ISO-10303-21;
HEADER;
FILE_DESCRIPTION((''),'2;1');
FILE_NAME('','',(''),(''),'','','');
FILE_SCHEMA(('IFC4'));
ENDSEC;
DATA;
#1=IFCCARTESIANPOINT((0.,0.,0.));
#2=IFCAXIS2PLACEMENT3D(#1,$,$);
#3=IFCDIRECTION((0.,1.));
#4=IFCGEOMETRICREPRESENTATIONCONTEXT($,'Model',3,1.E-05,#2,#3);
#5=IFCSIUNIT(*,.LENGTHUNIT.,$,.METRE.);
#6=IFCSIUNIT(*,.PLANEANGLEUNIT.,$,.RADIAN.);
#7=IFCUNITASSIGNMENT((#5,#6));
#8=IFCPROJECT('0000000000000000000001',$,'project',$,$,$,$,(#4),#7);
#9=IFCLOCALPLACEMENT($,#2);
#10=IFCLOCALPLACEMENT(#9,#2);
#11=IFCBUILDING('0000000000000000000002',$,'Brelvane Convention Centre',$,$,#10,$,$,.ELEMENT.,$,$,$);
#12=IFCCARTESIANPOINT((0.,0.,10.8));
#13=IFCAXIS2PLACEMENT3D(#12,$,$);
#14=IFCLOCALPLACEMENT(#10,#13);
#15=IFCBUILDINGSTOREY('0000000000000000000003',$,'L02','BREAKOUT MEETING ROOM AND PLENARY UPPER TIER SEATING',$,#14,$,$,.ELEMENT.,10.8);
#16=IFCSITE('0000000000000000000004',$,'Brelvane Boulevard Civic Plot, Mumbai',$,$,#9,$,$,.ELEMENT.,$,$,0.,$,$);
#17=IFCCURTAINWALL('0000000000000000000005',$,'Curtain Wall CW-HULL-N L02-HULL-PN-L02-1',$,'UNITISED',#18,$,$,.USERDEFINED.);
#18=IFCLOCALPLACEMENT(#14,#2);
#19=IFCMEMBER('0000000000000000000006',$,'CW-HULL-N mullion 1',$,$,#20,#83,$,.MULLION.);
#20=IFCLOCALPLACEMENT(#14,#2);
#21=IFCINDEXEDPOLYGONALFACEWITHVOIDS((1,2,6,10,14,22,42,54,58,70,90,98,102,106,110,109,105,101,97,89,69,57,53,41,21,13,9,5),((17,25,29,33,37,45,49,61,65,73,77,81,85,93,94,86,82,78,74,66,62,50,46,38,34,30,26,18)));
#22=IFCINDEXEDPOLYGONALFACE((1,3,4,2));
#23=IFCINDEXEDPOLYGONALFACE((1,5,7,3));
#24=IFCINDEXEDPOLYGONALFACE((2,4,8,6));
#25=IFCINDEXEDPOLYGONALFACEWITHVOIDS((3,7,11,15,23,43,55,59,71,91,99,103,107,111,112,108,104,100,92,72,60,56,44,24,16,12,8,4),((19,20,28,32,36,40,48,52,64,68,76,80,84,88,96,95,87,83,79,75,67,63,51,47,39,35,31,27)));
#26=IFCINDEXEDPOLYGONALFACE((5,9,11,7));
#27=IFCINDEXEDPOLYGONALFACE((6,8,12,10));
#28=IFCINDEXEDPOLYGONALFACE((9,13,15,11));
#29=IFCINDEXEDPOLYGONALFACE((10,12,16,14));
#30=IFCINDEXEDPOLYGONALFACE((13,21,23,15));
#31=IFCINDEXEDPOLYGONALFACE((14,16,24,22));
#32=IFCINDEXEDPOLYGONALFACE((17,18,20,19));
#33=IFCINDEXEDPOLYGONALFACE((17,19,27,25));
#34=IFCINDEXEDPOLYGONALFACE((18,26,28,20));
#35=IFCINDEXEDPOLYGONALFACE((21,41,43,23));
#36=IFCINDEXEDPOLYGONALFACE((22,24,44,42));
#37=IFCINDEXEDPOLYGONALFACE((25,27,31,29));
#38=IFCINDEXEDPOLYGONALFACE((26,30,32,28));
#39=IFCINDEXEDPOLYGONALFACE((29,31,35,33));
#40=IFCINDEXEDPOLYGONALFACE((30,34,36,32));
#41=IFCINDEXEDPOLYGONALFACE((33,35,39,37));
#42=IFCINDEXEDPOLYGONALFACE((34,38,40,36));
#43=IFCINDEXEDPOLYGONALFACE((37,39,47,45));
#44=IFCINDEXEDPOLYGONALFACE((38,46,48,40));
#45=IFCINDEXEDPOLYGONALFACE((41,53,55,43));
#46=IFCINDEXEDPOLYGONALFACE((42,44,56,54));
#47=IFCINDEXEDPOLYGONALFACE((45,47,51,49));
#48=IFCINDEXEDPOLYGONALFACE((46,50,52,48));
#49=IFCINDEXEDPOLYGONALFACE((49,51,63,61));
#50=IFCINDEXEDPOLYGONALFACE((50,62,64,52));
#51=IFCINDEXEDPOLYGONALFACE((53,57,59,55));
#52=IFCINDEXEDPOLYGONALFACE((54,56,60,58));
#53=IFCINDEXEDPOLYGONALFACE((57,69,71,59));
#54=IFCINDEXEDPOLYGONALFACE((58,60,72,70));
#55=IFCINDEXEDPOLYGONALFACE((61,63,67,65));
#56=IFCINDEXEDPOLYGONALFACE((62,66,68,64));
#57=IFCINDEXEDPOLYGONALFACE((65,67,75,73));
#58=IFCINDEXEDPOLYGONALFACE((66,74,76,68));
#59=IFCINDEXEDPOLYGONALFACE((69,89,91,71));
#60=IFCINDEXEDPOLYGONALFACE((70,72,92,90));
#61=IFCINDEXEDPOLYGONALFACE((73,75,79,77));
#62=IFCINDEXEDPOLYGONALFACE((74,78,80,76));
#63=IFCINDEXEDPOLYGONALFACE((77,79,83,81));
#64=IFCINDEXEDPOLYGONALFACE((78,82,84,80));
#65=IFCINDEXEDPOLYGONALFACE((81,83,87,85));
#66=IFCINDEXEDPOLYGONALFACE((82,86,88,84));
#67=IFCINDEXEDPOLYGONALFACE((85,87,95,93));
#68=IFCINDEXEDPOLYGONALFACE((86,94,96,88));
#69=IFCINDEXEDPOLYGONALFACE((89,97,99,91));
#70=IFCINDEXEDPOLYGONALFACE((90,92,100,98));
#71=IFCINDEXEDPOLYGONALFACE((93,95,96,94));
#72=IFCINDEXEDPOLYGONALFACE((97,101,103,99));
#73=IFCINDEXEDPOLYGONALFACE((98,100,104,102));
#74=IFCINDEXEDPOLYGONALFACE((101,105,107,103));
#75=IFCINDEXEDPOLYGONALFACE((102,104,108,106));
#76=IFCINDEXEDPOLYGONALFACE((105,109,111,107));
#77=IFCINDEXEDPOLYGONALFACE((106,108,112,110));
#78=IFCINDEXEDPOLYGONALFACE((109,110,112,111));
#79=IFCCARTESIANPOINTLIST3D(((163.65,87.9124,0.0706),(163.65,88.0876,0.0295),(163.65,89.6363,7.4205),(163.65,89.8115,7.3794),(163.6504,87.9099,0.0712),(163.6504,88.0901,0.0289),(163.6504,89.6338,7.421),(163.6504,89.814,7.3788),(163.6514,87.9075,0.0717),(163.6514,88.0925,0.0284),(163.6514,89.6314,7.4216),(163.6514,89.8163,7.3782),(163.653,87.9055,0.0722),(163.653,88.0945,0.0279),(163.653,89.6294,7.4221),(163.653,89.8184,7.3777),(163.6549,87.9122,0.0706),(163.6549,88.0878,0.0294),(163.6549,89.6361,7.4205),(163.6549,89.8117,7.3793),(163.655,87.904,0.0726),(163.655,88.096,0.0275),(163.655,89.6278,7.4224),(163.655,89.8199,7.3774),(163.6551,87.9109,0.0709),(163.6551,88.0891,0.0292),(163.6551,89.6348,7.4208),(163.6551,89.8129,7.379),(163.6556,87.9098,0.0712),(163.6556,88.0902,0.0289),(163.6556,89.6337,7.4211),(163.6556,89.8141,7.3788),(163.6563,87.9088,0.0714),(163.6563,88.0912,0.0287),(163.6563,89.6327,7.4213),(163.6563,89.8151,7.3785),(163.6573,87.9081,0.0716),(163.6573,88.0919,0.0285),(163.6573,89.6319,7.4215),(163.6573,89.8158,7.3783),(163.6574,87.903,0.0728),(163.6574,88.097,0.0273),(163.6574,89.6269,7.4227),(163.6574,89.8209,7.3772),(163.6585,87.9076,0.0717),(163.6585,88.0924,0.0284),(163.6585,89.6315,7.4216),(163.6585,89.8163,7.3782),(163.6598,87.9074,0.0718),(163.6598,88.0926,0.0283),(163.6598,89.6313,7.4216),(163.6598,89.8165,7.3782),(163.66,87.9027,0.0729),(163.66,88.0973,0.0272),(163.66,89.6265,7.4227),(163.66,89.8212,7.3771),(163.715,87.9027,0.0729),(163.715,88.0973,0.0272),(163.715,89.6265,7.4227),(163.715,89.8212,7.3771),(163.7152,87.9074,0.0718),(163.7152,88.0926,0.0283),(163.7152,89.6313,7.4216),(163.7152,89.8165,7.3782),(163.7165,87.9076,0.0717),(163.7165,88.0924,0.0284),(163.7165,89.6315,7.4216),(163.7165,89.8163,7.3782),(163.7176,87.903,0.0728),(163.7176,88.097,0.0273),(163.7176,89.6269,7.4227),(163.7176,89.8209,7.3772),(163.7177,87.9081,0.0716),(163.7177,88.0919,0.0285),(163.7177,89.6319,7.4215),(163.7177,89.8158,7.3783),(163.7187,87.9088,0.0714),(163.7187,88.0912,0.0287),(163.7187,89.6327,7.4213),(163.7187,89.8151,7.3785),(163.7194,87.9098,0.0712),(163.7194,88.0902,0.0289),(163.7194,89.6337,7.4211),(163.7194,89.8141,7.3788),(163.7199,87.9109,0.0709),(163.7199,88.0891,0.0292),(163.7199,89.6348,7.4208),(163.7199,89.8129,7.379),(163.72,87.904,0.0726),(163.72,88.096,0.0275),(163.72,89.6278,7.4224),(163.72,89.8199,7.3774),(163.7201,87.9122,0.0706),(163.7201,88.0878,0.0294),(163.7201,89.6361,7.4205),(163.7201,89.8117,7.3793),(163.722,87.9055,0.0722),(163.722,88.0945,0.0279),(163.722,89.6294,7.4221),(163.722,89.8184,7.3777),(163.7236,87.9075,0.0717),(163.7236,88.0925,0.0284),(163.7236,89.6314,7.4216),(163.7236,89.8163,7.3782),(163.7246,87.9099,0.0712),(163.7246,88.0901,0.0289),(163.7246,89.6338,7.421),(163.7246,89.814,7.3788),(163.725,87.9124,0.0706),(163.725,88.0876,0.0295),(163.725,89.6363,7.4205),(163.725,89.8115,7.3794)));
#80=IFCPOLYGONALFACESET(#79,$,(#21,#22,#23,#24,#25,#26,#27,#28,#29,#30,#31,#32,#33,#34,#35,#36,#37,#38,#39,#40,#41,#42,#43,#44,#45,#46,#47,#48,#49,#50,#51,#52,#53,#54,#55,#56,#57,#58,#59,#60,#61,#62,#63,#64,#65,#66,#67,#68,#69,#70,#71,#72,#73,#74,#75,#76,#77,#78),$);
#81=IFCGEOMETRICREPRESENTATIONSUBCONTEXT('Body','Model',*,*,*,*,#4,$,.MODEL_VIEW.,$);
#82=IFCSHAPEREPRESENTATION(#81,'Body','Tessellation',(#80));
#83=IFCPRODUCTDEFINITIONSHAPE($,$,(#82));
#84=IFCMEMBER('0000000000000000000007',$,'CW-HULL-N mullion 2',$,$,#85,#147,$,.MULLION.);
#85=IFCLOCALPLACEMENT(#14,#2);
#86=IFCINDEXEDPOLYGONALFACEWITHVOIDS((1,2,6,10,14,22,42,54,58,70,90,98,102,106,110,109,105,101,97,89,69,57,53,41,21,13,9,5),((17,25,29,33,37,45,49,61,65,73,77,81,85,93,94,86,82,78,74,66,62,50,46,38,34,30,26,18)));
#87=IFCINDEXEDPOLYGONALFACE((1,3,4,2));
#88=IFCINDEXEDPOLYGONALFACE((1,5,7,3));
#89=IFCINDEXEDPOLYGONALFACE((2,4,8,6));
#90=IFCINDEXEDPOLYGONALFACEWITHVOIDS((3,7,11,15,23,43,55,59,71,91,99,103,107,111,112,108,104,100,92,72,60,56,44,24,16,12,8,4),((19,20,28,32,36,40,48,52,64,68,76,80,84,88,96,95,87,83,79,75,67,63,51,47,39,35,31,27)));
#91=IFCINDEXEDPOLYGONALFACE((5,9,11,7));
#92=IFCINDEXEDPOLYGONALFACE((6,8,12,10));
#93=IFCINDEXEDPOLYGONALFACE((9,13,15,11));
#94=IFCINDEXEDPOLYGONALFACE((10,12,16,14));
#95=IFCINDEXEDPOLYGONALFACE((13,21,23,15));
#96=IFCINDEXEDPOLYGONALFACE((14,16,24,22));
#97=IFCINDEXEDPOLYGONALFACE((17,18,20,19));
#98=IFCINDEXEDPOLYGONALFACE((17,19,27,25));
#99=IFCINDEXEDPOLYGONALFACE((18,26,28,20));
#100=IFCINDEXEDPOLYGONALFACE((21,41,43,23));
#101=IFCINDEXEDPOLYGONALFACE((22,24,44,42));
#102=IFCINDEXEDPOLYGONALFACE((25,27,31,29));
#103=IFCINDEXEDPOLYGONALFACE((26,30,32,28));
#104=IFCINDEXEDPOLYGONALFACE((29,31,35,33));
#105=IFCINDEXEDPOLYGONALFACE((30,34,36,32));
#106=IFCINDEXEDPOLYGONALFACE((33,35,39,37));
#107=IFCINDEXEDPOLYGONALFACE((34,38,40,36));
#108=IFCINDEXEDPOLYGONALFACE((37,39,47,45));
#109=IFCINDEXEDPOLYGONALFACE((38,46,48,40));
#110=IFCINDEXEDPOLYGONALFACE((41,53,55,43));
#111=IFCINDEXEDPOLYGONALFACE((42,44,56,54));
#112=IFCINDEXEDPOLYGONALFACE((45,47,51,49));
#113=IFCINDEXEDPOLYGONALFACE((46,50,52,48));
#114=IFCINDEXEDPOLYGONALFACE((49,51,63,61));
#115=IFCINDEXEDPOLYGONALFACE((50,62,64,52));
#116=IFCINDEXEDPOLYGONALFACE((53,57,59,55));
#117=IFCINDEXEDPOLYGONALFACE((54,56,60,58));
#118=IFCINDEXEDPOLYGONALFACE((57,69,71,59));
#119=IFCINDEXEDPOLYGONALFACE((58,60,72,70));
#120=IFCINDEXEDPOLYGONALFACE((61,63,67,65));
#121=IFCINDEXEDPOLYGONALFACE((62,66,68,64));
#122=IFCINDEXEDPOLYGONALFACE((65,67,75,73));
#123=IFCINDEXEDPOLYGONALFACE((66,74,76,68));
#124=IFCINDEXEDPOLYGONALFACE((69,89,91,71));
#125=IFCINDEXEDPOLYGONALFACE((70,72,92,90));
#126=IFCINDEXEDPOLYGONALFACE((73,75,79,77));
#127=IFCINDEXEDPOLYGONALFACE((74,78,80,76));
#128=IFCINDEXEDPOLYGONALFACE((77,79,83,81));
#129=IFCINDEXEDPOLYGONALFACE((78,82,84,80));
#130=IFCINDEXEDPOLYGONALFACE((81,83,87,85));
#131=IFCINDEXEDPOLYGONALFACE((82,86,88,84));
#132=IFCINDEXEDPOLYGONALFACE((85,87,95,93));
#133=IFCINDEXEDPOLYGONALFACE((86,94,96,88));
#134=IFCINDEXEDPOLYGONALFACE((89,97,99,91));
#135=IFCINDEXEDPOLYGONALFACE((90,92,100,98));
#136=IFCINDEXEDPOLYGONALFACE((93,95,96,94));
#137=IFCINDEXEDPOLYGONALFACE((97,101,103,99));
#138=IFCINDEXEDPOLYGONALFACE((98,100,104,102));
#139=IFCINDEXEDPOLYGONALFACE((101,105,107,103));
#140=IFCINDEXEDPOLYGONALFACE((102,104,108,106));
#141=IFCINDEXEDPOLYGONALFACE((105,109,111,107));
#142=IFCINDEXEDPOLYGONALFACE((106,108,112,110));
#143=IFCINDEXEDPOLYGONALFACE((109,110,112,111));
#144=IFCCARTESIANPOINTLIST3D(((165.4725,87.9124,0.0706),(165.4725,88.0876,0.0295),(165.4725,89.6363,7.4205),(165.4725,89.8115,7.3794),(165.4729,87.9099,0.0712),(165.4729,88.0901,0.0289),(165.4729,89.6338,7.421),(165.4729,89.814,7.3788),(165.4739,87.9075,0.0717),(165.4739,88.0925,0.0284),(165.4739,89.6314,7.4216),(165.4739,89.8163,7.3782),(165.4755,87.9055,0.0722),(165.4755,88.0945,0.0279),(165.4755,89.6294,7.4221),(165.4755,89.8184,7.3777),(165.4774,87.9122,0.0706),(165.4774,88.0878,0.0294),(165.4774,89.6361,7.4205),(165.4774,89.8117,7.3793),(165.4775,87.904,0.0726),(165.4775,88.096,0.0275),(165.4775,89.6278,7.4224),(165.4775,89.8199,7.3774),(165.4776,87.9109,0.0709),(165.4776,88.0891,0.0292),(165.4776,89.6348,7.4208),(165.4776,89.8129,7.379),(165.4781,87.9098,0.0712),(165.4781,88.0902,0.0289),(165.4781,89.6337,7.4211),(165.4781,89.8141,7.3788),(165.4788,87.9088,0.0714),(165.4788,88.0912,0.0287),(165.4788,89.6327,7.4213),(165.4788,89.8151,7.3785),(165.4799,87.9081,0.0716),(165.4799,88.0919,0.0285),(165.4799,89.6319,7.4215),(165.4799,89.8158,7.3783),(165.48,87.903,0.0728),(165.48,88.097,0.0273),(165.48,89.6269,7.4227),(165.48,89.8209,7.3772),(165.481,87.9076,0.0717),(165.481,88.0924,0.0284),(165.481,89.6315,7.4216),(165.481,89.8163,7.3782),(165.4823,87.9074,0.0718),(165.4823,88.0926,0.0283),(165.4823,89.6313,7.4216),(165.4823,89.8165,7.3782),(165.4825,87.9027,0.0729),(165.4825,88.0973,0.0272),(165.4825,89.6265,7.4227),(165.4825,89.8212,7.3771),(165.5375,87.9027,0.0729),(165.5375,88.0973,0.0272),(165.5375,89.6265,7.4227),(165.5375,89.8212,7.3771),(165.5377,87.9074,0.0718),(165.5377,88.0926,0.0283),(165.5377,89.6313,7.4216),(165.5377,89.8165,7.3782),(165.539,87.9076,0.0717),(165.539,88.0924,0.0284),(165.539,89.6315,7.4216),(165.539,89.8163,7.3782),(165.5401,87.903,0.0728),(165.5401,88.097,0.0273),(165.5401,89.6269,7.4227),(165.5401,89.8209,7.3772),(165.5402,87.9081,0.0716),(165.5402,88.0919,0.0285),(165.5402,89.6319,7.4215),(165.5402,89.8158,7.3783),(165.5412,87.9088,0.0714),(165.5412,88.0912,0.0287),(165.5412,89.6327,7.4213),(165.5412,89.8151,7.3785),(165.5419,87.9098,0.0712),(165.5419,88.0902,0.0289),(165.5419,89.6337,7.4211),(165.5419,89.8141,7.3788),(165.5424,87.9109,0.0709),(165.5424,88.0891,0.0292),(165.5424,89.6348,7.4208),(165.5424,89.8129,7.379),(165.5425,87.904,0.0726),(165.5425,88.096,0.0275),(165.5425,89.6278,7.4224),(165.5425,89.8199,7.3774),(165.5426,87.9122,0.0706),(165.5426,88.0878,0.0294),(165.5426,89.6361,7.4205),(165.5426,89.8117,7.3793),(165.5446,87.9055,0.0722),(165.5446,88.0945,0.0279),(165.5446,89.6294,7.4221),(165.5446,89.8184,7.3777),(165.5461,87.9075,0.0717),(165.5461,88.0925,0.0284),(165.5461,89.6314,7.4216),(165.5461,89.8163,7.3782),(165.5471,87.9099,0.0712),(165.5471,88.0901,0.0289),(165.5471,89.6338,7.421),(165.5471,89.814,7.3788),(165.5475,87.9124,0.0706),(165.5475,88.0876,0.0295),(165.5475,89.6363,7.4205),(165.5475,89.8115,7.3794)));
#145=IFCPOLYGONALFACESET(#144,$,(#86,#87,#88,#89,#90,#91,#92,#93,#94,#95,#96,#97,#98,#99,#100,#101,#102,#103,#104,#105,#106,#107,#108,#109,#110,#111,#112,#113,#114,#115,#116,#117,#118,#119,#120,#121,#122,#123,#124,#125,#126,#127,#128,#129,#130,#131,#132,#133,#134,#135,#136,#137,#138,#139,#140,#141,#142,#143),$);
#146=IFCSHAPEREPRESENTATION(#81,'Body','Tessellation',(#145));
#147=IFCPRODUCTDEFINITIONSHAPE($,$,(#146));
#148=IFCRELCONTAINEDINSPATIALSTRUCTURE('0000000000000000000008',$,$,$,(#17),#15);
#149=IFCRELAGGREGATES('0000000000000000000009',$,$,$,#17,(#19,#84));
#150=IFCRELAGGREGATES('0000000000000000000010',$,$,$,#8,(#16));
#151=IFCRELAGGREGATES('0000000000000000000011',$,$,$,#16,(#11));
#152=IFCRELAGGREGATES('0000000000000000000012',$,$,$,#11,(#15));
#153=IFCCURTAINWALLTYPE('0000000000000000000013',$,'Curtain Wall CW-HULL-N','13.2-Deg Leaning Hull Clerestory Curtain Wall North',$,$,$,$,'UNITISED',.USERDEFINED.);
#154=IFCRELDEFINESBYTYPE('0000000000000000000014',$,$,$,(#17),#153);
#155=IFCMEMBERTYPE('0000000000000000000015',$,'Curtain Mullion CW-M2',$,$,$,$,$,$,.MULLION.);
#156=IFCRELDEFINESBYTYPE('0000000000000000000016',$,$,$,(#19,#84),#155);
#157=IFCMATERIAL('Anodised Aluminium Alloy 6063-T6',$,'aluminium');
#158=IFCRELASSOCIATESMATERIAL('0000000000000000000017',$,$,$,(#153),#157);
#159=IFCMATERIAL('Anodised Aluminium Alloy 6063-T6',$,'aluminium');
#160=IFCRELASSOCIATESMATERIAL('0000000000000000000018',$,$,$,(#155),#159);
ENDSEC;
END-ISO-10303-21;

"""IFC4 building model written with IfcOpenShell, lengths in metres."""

from ifc_helpers import new_model, si_unit, direction, frame, origin, origin_2d, place, context, subcontext, project, spatial, hollow_rectangle, extrude, material, material_profile, profile_set, type_object, element, aggregate, save


model = new_model("IFC4")

# Units and contexts
model_context = context("Model", 3, precision=1e-05, world=origin(), true_north=direction((0.0, 1.0)))
body_context = subcontext(model_context, "Body", "Model", "MODEL_VIEW")
ifc_project = project(units=[si_unit("LENGTHUNIT", "METRE"), si_unit("PLANEANGLEUNIT", "RADIAN")], contexts=[model_context])

# Site, building, storey
site_placement = place(None, origin())
site = spatial("IfcSite", under=ifc_project, at=site_placement, Name="Brelvane Boulevard Civic Plot, Mumbai", CompositionType="ELEMENT", RefElevation=0.0)
building_placement = place(site_placement, origin())
building = spatial("IfcBuilding", under=site, at=building_placement, Name="Brelvane Convention Centre", CompositionType="ELEMENT")
storey_placement = place(building_placement, frame((0.0, 0.0, 10.8)))
storey = spatial("IfcBuildingStorey", under=building, at=storey_placement, Name="L02", Description="BREAKOUT MEETING ROOM AND PLENARY UPPER TIER SEATING", CompositionType="ELEMENT", Elevation=10.8)

# Curtain wall, members
ifc_material_1 = material(Name="Anodised Aluminium Alloy 6063-T6", Category="aluminium")
curtain_wall_type = type_object("IfcCurtainWallType", Name="Curtain Wall CW-HULL-N", Description="13.2-Deg Leaning Hull Clerestory Curtain Wall North", ElementType="UNITISED", PredefinedType="USERDEFINED", material=ifc_material_1)
curtain_wall_1_placement = place(storey_placement, origin())
curtain_wall_1 = element("IfcCurtainWall", 1, at=curtain_wall_1_placement, inside=storey, type_object=curtain_wall_type, Name="Curtain Wall CW-HULL-N L02-HULL-PN-L02-1", ObjectType="UNITISED", PredefinedType="USERDEFINED")
ifc_material_2 = material(Name="Anodised Aluminium Alloy 6063-T6", Category="aluminium")
ifc_material_profile_1 = material_profile(ifc_material_2, hollow_rectangle(XDim=0.075, YDim=0.2, WallThickness=0.0049, InnerFilletRadius=0.0049, OuterFilletRadius=0.01, at=origin_2d()), Name="ALU-M 200x75x5.0")
ifc_profile_set_1 = profile_set([ifc_material_profile_1], Name="Anodised Aluminium Alloy 6063-T6")
member_type_1 = type_object("IfcMemberType", Name="Curtain Mullion CW-M2", PredefinedType="MULLION", material=ifc_profile_set_1)
member_1_placement = place(storey_placement, frame((163.6875, 88.0, 0.05), z_axis=(0.0, 0.228349, 0.973579), x_axis=(-1.0, 0.0, 0.0)))
member_1 = element("IfcMember", 2, at=member_1_placement, type_object=member_type_1, Name="CW-HULL-N mullion 1", PredefinedType="MULLION", context=body_context, shape_type="SweptSolid", body=[
    extrude(hollow_rectangle(XDim=0.075, YDim=0.2, WallThickness=0.0049, InnerFilletRadius=0.0049, OuterFilletRadius=0.01, at=origin_2d()), origin(), (0.0, 0.0, 1.0), 7.5493),
])
member_2_placement = place(storey_placement, frame((165.51, 88.0, 0.05), z_axis=(0.0, 0.228349, 0.973579), x_axis=(-1.0, 0.0, 0.0)))
member_2 = element("IfcMember", 3, at=member_2_placement, type_object=member_type_1, Name="CW-HULL-N mullion 2", PredefinedType="MULLION", context=body_context, shape_type="SweptSolid", body=[
    extrude(hollow_rectangle(XDim=0.075, YDim=0.2, WallThickness=0.0049, InnerFilletRadius=0.0049, OuterFilletRadius=0.01, at=origin_2d()), origin(), (0.0, 0.0, 1.0), 7.5493),
])

aggregate(curtain_wall_1, [member_1, member_2])

save(model, "model.ifc")
